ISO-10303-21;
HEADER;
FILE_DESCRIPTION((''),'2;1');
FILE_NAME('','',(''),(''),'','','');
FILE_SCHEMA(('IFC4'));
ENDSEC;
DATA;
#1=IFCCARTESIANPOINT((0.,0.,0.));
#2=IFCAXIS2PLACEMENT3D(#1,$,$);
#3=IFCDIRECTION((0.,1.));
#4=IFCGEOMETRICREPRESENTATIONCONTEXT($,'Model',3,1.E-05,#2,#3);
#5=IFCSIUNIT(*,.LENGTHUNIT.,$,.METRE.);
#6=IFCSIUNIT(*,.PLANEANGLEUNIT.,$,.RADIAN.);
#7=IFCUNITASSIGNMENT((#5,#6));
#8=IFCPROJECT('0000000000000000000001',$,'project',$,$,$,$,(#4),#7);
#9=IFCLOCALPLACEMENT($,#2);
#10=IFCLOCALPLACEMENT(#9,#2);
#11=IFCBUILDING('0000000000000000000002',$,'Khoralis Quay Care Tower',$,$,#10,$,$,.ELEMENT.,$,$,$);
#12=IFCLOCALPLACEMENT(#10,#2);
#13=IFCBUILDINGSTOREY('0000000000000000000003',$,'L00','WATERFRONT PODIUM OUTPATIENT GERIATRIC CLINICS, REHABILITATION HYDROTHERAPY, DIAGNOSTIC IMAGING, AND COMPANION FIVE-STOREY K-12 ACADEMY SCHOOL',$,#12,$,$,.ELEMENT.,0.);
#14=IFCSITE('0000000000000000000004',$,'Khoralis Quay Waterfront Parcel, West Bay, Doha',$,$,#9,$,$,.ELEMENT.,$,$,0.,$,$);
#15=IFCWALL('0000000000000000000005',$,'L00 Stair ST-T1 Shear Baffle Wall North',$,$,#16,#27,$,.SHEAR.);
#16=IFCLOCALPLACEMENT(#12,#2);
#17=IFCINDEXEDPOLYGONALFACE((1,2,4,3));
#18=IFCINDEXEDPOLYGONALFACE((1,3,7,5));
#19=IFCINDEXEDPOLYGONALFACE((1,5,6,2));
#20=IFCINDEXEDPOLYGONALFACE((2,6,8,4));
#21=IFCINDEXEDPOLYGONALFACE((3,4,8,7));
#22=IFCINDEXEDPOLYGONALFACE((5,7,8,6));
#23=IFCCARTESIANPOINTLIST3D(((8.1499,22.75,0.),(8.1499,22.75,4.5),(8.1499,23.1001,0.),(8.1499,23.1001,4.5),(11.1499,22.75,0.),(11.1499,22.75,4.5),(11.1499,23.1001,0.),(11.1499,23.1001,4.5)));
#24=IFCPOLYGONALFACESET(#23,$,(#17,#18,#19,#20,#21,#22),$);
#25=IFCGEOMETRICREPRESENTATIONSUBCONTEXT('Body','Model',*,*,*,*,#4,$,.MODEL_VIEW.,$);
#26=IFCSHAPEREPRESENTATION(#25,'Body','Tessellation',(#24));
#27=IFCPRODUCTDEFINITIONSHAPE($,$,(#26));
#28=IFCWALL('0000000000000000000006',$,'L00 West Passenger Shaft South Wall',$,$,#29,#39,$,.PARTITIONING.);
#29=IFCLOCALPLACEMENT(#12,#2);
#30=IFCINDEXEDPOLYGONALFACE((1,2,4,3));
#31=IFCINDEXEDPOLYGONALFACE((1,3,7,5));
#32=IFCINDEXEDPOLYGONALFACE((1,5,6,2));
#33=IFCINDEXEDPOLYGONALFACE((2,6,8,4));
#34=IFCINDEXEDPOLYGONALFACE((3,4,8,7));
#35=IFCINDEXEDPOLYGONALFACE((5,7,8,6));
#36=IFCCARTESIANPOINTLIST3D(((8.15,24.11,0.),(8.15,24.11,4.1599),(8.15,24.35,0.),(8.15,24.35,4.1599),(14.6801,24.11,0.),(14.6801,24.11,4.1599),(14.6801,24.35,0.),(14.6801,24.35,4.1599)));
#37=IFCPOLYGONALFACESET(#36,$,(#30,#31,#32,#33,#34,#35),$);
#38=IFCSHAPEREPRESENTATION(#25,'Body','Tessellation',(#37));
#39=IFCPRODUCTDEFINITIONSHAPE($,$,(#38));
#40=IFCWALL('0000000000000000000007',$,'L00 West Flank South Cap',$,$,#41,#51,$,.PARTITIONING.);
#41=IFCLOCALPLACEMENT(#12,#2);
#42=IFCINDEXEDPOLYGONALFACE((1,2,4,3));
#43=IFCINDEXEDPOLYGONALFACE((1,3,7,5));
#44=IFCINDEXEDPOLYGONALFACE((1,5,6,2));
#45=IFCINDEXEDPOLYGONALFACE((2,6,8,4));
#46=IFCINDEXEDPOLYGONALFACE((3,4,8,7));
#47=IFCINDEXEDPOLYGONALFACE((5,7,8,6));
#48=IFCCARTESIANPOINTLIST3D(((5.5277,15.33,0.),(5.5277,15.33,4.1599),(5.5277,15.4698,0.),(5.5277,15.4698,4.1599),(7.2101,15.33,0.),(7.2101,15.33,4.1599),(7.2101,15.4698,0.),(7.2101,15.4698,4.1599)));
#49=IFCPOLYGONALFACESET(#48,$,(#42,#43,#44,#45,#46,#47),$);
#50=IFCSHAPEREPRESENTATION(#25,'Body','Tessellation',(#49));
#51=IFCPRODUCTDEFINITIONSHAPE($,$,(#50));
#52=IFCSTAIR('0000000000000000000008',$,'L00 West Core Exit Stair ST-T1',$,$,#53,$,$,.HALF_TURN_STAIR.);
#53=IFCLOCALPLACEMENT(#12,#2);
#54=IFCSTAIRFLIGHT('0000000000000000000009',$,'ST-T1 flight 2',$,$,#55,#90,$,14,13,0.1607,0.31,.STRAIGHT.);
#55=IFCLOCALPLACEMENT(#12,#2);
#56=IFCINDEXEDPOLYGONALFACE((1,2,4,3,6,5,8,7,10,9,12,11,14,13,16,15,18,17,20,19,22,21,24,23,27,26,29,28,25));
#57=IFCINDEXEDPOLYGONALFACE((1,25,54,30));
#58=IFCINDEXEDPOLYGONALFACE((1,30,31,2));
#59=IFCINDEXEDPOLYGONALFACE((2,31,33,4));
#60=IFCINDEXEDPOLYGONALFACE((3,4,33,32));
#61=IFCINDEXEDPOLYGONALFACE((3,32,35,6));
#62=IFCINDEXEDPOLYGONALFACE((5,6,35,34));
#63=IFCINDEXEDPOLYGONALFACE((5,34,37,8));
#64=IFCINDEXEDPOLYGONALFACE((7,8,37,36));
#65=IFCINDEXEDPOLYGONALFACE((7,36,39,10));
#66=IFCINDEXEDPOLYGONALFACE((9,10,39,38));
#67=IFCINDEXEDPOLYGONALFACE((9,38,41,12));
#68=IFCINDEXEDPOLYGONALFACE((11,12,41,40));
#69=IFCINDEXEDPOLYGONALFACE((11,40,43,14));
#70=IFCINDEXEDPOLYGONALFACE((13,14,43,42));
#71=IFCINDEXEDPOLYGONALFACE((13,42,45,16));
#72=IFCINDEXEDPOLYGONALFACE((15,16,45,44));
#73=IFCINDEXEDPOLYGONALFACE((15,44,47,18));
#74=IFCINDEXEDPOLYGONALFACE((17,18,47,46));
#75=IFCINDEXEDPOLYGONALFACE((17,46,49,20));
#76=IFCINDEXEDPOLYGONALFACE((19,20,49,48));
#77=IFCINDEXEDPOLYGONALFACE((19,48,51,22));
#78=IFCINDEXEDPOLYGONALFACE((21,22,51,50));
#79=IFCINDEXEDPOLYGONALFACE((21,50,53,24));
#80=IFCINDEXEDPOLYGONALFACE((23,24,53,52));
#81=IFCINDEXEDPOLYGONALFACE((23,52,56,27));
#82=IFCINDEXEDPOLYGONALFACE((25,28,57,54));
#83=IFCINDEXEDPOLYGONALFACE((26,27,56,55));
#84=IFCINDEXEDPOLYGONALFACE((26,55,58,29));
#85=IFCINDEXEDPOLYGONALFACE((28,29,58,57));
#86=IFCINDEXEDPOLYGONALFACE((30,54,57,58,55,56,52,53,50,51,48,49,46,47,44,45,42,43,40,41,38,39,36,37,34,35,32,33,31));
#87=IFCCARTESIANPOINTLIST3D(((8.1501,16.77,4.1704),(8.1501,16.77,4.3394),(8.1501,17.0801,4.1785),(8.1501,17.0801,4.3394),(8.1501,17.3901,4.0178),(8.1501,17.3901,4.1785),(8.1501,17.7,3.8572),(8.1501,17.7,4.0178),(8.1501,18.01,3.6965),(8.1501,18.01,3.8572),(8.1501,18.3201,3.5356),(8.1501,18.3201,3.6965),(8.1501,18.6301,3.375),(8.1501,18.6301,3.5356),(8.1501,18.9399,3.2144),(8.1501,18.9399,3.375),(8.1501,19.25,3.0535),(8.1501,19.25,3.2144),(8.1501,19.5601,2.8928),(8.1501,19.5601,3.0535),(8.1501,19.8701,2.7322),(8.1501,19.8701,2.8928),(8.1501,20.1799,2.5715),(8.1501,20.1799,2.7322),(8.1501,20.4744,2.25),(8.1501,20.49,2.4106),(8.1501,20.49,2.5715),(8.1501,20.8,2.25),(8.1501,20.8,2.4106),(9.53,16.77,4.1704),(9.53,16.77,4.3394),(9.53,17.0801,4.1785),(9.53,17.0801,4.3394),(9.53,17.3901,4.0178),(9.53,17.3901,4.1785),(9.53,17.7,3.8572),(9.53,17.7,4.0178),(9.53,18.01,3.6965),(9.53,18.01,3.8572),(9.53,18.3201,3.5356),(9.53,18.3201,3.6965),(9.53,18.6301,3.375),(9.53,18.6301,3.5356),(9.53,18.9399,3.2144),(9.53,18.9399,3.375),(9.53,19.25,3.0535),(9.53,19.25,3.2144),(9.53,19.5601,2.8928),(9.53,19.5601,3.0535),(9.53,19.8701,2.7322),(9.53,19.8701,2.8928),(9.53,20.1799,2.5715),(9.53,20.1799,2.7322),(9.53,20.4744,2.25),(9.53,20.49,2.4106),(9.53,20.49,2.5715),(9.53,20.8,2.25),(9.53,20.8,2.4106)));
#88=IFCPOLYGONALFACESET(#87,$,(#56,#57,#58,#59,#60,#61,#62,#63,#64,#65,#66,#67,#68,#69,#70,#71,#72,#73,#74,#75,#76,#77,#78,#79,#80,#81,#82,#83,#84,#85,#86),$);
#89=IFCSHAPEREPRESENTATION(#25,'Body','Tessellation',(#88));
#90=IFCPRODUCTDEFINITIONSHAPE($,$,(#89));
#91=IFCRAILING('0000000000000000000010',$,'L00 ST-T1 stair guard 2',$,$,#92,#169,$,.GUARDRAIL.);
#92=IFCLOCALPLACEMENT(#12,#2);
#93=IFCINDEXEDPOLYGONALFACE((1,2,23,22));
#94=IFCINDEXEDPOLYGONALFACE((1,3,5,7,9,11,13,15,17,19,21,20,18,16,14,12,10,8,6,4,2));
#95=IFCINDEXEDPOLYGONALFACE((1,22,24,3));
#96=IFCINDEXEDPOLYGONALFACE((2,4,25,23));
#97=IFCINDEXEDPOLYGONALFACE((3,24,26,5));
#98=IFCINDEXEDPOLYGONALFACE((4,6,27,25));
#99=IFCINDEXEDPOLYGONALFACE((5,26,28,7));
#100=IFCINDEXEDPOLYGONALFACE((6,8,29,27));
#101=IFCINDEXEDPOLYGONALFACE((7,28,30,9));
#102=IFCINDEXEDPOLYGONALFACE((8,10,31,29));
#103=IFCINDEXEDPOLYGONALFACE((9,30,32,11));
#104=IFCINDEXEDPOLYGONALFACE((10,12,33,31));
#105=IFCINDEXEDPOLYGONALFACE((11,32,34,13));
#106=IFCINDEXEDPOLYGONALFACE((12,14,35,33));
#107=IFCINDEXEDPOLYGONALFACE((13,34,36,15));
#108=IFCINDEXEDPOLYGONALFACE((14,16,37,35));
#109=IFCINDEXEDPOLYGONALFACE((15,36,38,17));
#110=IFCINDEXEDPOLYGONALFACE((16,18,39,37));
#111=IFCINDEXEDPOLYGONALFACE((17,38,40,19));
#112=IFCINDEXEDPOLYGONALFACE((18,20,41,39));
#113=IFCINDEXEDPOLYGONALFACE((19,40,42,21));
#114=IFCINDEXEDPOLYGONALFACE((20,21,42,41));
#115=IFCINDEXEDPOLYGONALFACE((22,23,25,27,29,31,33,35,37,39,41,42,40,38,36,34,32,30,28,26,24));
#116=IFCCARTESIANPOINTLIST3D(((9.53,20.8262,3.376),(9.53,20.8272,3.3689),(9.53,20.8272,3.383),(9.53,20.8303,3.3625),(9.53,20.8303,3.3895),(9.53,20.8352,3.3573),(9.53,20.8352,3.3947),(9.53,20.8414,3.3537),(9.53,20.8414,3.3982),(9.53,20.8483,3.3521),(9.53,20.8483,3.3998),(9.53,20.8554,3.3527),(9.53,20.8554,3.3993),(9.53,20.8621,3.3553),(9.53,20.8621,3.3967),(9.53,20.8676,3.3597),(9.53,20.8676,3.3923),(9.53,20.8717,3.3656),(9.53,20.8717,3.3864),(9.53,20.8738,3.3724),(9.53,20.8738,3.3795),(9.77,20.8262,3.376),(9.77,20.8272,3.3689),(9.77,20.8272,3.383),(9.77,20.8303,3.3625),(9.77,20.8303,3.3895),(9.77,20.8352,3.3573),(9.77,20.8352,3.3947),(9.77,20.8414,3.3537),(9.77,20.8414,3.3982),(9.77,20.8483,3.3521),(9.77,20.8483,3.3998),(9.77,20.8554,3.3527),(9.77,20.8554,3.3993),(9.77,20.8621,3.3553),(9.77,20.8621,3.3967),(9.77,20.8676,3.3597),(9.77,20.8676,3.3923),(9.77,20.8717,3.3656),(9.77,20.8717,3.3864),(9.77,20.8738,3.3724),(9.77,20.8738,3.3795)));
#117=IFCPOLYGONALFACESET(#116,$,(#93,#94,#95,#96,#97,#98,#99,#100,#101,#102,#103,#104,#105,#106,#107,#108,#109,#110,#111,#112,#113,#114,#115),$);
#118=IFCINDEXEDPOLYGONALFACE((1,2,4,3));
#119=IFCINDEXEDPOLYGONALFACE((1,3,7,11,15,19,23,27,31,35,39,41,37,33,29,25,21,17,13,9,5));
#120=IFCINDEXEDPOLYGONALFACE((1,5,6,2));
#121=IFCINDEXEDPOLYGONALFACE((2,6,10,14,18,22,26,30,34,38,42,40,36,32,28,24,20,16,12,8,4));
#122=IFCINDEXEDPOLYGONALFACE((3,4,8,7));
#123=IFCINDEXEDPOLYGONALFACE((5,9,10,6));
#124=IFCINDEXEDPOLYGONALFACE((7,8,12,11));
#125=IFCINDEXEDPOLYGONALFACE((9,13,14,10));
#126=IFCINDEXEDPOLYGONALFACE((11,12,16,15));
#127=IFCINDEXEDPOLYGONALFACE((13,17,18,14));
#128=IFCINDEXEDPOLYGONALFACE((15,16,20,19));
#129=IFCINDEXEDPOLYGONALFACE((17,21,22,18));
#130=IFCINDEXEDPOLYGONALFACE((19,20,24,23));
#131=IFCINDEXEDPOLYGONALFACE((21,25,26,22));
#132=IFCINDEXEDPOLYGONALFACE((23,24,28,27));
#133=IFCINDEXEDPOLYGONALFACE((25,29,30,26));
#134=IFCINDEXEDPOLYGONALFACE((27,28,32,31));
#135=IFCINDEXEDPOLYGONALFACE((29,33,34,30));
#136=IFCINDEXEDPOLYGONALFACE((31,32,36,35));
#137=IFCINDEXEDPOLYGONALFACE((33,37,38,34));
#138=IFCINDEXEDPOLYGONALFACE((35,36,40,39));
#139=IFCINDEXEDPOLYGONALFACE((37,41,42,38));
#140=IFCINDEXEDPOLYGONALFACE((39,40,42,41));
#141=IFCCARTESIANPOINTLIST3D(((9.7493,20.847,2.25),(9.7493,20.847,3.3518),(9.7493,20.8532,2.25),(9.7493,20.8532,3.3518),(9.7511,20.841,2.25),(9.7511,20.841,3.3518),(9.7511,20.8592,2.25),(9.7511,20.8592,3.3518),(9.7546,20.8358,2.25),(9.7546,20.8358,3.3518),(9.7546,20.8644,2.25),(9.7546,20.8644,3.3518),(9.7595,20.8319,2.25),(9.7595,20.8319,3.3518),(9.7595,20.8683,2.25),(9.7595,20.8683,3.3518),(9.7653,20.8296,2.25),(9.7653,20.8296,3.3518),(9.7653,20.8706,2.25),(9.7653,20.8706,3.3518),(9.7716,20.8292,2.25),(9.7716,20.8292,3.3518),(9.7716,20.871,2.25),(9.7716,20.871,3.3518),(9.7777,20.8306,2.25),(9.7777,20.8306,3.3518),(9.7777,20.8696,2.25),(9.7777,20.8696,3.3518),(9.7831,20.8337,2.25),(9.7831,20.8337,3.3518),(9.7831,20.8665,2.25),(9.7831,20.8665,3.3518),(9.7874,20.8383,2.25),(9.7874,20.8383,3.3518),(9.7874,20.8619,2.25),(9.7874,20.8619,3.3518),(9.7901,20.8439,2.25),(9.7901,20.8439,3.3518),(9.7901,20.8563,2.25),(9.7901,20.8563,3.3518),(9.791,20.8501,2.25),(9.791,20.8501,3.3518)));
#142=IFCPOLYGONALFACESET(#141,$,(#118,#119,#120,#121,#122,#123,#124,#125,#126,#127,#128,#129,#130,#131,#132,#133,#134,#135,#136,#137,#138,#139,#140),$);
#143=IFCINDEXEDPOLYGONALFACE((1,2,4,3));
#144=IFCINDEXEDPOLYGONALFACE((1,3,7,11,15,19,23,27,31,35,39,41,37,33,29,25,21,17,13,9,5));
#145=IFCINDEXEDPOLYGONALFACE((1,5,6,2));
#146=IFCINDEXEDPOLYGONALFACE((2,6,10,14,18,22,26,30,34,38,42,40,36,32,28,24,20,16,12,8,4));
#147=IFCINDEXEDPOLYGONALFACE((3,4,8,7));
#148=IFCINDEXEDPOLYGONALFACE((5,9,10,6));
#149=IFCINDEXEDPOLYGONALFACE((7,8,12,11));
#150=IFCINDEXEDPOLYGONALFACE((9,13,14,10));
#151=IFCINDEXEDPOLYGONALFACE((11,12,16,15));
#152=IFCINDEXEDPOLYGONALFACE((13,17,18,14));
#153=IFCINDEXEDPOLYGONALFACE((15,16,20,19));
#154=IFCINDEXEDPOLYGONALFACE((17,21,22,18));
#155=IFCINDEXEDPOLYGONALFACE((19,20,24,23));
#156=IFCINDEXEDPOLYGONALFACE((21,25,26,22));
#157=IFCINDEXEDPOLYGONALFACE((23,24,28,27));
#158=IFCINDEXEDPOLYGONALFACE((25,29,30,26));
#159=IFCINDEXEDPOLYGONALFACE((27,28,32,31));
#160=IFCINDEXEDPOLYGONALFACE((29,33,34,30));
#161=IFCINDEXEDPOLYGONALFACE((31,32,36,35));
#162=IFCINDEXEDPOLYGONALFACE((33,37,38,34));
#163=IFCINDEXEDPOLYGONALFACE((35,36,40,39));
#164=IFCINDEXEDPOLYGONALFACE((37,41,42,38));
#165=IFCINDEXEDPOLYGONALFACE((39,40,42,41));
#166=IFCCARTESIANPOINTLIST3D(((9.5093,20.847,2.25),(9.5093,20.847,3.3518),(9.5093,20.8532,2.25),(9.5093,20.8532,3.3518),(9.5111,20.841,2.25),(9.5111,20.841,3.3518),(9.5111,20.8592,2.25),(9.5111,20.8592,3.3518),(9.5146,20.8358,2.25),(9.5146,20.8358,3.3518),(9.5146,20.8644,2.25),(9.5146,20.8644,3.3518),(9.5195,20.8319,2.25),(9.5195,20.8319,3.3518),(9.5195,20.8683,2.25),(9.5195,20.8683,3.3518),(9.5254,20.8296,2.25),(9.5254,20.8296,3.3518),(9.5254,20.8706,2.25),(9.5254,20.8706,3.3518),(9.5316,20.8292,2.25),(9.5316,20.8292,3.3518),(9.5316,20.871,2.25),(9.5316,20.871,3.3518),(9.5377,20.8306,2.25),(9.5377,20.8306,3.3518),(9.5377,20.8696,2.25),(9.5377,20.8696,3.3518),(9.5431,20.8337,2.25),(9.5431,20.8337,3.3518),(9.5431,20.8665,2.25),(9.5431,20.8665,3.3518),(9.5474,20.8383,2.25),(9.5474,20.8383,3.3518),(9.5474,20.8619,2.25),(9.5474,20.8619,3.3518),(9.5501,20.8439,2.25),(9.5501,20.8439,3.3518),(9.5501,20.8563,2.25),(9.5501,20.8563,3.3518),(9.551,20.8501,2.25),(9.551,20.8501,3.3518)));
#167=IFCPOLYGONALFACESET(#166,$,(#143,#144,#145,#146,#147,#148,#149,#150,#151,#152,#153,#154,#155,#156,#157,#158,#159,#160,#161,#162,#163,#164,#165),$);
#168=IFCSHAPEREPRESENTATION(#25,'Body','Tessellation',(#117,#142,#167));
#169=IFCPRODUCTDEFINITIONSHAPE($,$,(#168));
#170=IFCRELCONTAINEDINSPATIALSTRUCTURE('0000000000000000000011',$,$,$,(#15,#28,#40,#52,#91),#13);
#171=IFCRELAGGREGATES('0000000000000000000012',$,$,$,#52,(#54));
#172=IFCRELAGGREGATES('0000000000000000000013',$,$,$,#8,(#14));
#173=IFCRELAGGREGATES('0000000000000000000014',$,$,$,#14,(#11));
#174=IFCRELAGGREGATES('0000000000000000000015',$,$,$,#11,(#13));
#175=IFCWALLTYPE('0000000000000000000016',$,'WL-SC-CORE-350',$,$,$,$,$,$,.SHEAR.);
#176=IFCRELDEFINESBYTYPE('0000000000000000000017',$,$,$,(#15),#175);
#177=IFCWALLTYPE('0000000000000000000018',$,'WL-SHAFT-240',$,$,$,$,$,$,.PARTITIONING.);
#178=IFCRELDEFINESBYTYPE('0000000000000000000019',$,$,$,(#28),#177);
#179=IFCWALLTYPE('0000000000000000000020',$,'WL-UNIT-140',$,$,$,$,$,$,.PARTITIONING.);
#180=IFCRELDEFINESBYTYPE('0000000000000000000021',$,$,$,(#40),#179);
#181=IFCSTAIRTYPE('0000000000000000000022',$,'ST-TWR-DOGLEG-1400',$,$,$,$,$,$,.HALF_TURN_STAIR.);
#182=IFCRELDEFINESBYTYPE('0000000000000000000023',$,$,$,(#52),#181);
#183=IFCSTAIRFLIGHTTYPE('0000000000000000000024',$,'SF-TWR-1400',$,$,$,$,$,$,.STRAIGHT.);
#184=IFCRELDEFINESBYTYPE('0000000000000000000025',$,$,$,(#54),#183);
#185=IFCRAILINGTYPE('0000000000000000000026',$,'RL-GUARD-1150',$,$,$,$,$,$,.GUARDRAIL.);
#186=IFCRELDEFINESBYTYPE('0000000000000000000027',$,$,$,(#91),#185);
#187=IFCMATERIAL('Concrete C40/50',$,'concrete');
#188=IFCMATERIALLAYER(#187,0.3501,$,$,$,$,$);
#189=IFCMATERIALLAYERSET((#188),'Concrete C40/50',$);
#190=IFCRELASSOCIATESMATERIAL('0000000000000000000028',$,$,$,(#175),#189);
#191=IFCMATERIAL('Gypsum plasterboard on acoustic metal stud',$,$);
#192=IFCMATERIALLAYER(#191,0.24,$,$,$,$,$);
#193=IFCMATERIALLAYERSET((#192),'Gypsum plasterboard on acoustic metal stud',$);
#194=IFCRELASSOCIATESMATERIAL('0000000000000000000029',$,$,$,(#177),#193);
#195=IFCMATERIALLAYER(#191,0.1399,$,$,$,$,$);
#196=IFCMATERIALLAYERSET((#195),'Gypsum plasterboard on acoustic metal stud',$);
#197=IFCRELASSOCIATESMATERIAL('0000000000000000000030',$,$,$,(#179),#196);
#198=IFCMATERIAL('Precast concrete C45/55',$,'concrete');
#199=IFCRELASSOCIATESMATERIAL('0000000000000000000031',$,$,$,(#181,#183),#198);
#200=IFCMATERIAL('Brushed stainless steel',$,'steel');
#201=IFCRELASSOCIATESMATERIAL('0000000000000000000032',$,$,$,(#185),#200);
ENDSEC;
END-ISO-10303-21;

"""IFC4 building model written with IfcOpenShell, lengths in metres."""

from ifc_helpers import new_model, si_unit, direction, frame, frame_2d, origin, origin_2d, place, context, subcontext, project, spatial, polyline, rectangle, circle, outline, extrude, source, transform, mapped, material, layer, layer_set, type_object, element, aggregate, save


model = new_model("IFC4")

# Units and contexts
model_context = context("Model", 3, precision=1e-05, world=origin(), true_north=direction((0.0, 1.0)))
body_context = subcontext(model_context, "Body", "Model", "MODEL_VIEW")
ifc_project = project(units=[si_unit("LENGTHUNIT", "METRE"), si_unit("PLANEANGLEUNIT", "RADIAN")], contexts=[model_context])

# Site, building, storey
site_placement = place(None, origin())
site = spatial("IfcSite", under=ifc_project, at=site_placement, Name="Khoralis Quay Waterfront Parcel, West Bay, Doha", CompositionType="ELEMENT", RefElevation=0.0)
building_placement = place(site_placement, origin())
building = spatial("IfcBuilding", under=site, at=building_placement, Name="Khoralis Quay Care Tower", CompositionType="ELEMENT")
storey_placement = place(building_placement, origin())
storey = spatial("IfcBuildingStorey", under=building, at=storey_placement, Name="L00", Description="WATERFRONT PODIUM OUTPATIENT GERIATRIC CLINICS, REHABILITATION HYDROTHERAPY, DIAGNOSTIC IMAGING, AND COMPANION FIVE-STOREY K-12 ACADEMY SCHOOL", CompositionType="ELEMENT", Elevation=0.0)

# Shared definitions
ifc_material_1 = material(Name="Brushed stainless steel", Category="steel")

# Shared definitions
ifc_material_2 = material(Name="Gypsum plasterboard on acoustic metal stud")

# Walls
ifc_material_3 = material(Name="Concrete C40/50", Category="concrete")
ifc_layer_1 = layer(ifc_material_3, 0.3501)
ifc_layer_set_1 = layer_set([ifc_layer_1], Name="Concrete C40/50")
wall_type_1 = type_object("IfcWallType", Name="WL-SC-CORE-350", PredefinedType="SHEAR", material=ifc_layer_set_1)
wall_1_placement = place(storey_placement, frame((8.1499, 22.925, 0.0), z_axis=(0.0, 0.0, 1.0), x_axis=(1.0, 0.0, 0.0)))
element("IfcWall", 1, at=wall_1_placement, inside=storey, type_object=wall_type_1, Name="L00 Stair ST-T1 Shear Baffle Wall North", PredefinedType="SHEAR", context=body_context, shape_type="SweptSolid", body=[
    extrude(rectangle(XDim=3.0, YDim=0.3501, at=frame_2d((1.5, 0.0))), origin(), (0.0, 0.0, 1.0), 4.5),
])
ifc_layer_2 = layer(ifc_material_2, 0.24)
ifc_layer_set_2 = layer_set([ifc_layer_2], Name="Gypsum plasterboard on acoustic metal stud")
wall_type_2 = type_object("IfcWallType", Name="WL-SHAFT-240", PredefinedType="PARTITIONING", material=ifc_layer_set_2)
wall_2_placement = place(storey_placement, frame((8.1499, 24.23, 0.0), z_axis=(0.0, 0.0, 1.0), x_axis=(1.0, 0.0, 0.0)))
element("IfcWall", 2, at=wall_2_placement, inside=storey, type_object=wall_type_2, Name="L00 West Passenger Shaft South Wall", PredefinedType="PARTITIONING", context=body_context, shape_type="SweptSolid", body=[
    extrude(rectangle(XDim=6.53, YDim=0.24, at=frame_2d((3.2651, 0.0))), origin(), (0.0, 0.0, 1.0), 4.1599),
])
ifc_layer_3 = layer(ifc_material_2, 0.1399)
ifc_layer_set_3 = layer_set([ifc_layer_3], Name="Gypsum plasterboard on acoustic metal stud")
wall_type_3 = type_object("IfcWallType", Name="WL-UNIT-140", PredefinedType="PARTITIONING", material=ifc_layer_set_3)
wall_3_placement = place(storey_placement, frame((5.5276, 15.3999, 0.0), z_axis=(0.0, 0.0, 1.0), x_axis=(1.0, 0.0, 0.0)))
element("IfcWall", 3, at=wall_3_placement, inside=storey, type_object=wall_type_3, Name="L00 West Flank South Cap", PredefinedType="PARTITIONING", context=body_context, shape_type="SweptSolid", body=[
    extrude(rectangle(XDim=1.6824, YDim=0.1399, at=frame_2d((0.8413, 0.0))), origin(), (0.0, 0.0, 1.0), 4.1599),
])

# Stair, stair flight
ifc_material_4 = material(Name="Precast concrete C45/55", Category="concrete")
stair_type = type_object("IfcStairType", Name="ST-TWR-DOGLEG-1400", PredefinedType="HALF_TURN_STAIR", material=ifc_material_4)
stair_placement = place(storey_placement, origin())
stair = element("IfcStair", 4, at=stair_placement, inside=storey, type_object=stair_type, Name="L00 West Core Exit Stair ST-T1", PredefinedType="HALF_TURN_STAIR")
stair_flight_type = type_object("IfcStairFlightType", Name="SF-TWR-1400", PredefinedType="STRAIGHT", material=ifc_material_4)
shared_shape_1 = source(origin(), body_context, "Body", "SweptSolid", [
    extrude(outline(polyline([(0.0, 0.0), (0.0, 0.1606), (0.3101, 0.1606), (0.3101, 0.3215), (0.6201, 0.3215), (0.6201, 0.4822), (0.9299, 0.4822), (0.9299, 0.6428), (1.24, 0.6428), (1.24, 0.8035), (1.55, 0.8035), (1.55, 0.9644), (1.8601, 0.9644), (1.8601, 1.125), (2.1699, 1.125), (2.1699, 1.2856), (2.48, 1.2856), (2.48, 1.4465), (2.79, 1.4465), (2.79, 1.6072), (3.1001, 1.6072), (3.1001, 1.7678), (3.4099, 1.7678), (3.4099, 1.9285), (3.72, 1.9285), (3.72, 2.0894), (4.03, 2.0894), (4.03, 2.25), (4.03, 1.9204), (0.3257, 0.0), (0.0, 0.0)])), frame((0.0, 0.6899, 0.0), z_axis=(0.0, -1.0, 0.0), x_axis=(1.0, 0.0, 0.0)), (0.0, 0.0, 1.0), 1.3799),
])
stair_flight_placement = place(storey_placement, frame((8.8401, 20.8, 2.25), z_axis=(0.0, 0.0, 1.0), x_axis=(0.0, -1.0, 0.0)))
stair_flight = element("IfcStairFlight", 5, at=stair_flight_placement, type_object=stair_flight_type, Name="ST-T1 flight 2", NumberOfRisers=14, NumberOfTreads=13, PredefinedType="STRAIGHT", RiserHeight=0.1607, TreadLength=0.31, context=body_context, shape_type="MappedRepresentation", body=[
    mapped(shared_shape_1, transform((0.0, 0.0, 0.0), scale=1.0)),
])
aggregate(stair, [stair_flight])

# Railing
railing_type_1 = type_object("IfcRailingType", Name="RL-GUARD-1150", PredefinedType="GUARDRAIL", material=ifc_material_1)
railing_1_placement = place(storey_placement, frame((9.77, 20.8501, 2.25)))
element("IfcRailing", 6, at=railing_1_placement, inside=storey, type_object=railing_type_1, Name="L00 ST-T1 stair guard 2", PredefinedType="GUARDRAIL", context=body_context, shape_type="SweptSolid", body=[
    extrude(circle(Radius=0.0239, at=origin_2d()), frame((0.0, 0.0, 1.126), z_axis=(-1.0, 0.0, 0.0), x_axis=(0.0, -1.0, 0.0)), (0.0, 0.0, 1.0), 0.24),
    extrude(circle(Radius=0.021, at=origin_2d()), origin(), (0.0, 0.0, 1.0), 1.1018),
    extrude(circle(Radius=0.021, at=origin_2d()), frame((-0.24, 0.0, 0.0)), (0.0, 0.0, 1.0), 1.1018),
])

save(model, "model.ifc")
